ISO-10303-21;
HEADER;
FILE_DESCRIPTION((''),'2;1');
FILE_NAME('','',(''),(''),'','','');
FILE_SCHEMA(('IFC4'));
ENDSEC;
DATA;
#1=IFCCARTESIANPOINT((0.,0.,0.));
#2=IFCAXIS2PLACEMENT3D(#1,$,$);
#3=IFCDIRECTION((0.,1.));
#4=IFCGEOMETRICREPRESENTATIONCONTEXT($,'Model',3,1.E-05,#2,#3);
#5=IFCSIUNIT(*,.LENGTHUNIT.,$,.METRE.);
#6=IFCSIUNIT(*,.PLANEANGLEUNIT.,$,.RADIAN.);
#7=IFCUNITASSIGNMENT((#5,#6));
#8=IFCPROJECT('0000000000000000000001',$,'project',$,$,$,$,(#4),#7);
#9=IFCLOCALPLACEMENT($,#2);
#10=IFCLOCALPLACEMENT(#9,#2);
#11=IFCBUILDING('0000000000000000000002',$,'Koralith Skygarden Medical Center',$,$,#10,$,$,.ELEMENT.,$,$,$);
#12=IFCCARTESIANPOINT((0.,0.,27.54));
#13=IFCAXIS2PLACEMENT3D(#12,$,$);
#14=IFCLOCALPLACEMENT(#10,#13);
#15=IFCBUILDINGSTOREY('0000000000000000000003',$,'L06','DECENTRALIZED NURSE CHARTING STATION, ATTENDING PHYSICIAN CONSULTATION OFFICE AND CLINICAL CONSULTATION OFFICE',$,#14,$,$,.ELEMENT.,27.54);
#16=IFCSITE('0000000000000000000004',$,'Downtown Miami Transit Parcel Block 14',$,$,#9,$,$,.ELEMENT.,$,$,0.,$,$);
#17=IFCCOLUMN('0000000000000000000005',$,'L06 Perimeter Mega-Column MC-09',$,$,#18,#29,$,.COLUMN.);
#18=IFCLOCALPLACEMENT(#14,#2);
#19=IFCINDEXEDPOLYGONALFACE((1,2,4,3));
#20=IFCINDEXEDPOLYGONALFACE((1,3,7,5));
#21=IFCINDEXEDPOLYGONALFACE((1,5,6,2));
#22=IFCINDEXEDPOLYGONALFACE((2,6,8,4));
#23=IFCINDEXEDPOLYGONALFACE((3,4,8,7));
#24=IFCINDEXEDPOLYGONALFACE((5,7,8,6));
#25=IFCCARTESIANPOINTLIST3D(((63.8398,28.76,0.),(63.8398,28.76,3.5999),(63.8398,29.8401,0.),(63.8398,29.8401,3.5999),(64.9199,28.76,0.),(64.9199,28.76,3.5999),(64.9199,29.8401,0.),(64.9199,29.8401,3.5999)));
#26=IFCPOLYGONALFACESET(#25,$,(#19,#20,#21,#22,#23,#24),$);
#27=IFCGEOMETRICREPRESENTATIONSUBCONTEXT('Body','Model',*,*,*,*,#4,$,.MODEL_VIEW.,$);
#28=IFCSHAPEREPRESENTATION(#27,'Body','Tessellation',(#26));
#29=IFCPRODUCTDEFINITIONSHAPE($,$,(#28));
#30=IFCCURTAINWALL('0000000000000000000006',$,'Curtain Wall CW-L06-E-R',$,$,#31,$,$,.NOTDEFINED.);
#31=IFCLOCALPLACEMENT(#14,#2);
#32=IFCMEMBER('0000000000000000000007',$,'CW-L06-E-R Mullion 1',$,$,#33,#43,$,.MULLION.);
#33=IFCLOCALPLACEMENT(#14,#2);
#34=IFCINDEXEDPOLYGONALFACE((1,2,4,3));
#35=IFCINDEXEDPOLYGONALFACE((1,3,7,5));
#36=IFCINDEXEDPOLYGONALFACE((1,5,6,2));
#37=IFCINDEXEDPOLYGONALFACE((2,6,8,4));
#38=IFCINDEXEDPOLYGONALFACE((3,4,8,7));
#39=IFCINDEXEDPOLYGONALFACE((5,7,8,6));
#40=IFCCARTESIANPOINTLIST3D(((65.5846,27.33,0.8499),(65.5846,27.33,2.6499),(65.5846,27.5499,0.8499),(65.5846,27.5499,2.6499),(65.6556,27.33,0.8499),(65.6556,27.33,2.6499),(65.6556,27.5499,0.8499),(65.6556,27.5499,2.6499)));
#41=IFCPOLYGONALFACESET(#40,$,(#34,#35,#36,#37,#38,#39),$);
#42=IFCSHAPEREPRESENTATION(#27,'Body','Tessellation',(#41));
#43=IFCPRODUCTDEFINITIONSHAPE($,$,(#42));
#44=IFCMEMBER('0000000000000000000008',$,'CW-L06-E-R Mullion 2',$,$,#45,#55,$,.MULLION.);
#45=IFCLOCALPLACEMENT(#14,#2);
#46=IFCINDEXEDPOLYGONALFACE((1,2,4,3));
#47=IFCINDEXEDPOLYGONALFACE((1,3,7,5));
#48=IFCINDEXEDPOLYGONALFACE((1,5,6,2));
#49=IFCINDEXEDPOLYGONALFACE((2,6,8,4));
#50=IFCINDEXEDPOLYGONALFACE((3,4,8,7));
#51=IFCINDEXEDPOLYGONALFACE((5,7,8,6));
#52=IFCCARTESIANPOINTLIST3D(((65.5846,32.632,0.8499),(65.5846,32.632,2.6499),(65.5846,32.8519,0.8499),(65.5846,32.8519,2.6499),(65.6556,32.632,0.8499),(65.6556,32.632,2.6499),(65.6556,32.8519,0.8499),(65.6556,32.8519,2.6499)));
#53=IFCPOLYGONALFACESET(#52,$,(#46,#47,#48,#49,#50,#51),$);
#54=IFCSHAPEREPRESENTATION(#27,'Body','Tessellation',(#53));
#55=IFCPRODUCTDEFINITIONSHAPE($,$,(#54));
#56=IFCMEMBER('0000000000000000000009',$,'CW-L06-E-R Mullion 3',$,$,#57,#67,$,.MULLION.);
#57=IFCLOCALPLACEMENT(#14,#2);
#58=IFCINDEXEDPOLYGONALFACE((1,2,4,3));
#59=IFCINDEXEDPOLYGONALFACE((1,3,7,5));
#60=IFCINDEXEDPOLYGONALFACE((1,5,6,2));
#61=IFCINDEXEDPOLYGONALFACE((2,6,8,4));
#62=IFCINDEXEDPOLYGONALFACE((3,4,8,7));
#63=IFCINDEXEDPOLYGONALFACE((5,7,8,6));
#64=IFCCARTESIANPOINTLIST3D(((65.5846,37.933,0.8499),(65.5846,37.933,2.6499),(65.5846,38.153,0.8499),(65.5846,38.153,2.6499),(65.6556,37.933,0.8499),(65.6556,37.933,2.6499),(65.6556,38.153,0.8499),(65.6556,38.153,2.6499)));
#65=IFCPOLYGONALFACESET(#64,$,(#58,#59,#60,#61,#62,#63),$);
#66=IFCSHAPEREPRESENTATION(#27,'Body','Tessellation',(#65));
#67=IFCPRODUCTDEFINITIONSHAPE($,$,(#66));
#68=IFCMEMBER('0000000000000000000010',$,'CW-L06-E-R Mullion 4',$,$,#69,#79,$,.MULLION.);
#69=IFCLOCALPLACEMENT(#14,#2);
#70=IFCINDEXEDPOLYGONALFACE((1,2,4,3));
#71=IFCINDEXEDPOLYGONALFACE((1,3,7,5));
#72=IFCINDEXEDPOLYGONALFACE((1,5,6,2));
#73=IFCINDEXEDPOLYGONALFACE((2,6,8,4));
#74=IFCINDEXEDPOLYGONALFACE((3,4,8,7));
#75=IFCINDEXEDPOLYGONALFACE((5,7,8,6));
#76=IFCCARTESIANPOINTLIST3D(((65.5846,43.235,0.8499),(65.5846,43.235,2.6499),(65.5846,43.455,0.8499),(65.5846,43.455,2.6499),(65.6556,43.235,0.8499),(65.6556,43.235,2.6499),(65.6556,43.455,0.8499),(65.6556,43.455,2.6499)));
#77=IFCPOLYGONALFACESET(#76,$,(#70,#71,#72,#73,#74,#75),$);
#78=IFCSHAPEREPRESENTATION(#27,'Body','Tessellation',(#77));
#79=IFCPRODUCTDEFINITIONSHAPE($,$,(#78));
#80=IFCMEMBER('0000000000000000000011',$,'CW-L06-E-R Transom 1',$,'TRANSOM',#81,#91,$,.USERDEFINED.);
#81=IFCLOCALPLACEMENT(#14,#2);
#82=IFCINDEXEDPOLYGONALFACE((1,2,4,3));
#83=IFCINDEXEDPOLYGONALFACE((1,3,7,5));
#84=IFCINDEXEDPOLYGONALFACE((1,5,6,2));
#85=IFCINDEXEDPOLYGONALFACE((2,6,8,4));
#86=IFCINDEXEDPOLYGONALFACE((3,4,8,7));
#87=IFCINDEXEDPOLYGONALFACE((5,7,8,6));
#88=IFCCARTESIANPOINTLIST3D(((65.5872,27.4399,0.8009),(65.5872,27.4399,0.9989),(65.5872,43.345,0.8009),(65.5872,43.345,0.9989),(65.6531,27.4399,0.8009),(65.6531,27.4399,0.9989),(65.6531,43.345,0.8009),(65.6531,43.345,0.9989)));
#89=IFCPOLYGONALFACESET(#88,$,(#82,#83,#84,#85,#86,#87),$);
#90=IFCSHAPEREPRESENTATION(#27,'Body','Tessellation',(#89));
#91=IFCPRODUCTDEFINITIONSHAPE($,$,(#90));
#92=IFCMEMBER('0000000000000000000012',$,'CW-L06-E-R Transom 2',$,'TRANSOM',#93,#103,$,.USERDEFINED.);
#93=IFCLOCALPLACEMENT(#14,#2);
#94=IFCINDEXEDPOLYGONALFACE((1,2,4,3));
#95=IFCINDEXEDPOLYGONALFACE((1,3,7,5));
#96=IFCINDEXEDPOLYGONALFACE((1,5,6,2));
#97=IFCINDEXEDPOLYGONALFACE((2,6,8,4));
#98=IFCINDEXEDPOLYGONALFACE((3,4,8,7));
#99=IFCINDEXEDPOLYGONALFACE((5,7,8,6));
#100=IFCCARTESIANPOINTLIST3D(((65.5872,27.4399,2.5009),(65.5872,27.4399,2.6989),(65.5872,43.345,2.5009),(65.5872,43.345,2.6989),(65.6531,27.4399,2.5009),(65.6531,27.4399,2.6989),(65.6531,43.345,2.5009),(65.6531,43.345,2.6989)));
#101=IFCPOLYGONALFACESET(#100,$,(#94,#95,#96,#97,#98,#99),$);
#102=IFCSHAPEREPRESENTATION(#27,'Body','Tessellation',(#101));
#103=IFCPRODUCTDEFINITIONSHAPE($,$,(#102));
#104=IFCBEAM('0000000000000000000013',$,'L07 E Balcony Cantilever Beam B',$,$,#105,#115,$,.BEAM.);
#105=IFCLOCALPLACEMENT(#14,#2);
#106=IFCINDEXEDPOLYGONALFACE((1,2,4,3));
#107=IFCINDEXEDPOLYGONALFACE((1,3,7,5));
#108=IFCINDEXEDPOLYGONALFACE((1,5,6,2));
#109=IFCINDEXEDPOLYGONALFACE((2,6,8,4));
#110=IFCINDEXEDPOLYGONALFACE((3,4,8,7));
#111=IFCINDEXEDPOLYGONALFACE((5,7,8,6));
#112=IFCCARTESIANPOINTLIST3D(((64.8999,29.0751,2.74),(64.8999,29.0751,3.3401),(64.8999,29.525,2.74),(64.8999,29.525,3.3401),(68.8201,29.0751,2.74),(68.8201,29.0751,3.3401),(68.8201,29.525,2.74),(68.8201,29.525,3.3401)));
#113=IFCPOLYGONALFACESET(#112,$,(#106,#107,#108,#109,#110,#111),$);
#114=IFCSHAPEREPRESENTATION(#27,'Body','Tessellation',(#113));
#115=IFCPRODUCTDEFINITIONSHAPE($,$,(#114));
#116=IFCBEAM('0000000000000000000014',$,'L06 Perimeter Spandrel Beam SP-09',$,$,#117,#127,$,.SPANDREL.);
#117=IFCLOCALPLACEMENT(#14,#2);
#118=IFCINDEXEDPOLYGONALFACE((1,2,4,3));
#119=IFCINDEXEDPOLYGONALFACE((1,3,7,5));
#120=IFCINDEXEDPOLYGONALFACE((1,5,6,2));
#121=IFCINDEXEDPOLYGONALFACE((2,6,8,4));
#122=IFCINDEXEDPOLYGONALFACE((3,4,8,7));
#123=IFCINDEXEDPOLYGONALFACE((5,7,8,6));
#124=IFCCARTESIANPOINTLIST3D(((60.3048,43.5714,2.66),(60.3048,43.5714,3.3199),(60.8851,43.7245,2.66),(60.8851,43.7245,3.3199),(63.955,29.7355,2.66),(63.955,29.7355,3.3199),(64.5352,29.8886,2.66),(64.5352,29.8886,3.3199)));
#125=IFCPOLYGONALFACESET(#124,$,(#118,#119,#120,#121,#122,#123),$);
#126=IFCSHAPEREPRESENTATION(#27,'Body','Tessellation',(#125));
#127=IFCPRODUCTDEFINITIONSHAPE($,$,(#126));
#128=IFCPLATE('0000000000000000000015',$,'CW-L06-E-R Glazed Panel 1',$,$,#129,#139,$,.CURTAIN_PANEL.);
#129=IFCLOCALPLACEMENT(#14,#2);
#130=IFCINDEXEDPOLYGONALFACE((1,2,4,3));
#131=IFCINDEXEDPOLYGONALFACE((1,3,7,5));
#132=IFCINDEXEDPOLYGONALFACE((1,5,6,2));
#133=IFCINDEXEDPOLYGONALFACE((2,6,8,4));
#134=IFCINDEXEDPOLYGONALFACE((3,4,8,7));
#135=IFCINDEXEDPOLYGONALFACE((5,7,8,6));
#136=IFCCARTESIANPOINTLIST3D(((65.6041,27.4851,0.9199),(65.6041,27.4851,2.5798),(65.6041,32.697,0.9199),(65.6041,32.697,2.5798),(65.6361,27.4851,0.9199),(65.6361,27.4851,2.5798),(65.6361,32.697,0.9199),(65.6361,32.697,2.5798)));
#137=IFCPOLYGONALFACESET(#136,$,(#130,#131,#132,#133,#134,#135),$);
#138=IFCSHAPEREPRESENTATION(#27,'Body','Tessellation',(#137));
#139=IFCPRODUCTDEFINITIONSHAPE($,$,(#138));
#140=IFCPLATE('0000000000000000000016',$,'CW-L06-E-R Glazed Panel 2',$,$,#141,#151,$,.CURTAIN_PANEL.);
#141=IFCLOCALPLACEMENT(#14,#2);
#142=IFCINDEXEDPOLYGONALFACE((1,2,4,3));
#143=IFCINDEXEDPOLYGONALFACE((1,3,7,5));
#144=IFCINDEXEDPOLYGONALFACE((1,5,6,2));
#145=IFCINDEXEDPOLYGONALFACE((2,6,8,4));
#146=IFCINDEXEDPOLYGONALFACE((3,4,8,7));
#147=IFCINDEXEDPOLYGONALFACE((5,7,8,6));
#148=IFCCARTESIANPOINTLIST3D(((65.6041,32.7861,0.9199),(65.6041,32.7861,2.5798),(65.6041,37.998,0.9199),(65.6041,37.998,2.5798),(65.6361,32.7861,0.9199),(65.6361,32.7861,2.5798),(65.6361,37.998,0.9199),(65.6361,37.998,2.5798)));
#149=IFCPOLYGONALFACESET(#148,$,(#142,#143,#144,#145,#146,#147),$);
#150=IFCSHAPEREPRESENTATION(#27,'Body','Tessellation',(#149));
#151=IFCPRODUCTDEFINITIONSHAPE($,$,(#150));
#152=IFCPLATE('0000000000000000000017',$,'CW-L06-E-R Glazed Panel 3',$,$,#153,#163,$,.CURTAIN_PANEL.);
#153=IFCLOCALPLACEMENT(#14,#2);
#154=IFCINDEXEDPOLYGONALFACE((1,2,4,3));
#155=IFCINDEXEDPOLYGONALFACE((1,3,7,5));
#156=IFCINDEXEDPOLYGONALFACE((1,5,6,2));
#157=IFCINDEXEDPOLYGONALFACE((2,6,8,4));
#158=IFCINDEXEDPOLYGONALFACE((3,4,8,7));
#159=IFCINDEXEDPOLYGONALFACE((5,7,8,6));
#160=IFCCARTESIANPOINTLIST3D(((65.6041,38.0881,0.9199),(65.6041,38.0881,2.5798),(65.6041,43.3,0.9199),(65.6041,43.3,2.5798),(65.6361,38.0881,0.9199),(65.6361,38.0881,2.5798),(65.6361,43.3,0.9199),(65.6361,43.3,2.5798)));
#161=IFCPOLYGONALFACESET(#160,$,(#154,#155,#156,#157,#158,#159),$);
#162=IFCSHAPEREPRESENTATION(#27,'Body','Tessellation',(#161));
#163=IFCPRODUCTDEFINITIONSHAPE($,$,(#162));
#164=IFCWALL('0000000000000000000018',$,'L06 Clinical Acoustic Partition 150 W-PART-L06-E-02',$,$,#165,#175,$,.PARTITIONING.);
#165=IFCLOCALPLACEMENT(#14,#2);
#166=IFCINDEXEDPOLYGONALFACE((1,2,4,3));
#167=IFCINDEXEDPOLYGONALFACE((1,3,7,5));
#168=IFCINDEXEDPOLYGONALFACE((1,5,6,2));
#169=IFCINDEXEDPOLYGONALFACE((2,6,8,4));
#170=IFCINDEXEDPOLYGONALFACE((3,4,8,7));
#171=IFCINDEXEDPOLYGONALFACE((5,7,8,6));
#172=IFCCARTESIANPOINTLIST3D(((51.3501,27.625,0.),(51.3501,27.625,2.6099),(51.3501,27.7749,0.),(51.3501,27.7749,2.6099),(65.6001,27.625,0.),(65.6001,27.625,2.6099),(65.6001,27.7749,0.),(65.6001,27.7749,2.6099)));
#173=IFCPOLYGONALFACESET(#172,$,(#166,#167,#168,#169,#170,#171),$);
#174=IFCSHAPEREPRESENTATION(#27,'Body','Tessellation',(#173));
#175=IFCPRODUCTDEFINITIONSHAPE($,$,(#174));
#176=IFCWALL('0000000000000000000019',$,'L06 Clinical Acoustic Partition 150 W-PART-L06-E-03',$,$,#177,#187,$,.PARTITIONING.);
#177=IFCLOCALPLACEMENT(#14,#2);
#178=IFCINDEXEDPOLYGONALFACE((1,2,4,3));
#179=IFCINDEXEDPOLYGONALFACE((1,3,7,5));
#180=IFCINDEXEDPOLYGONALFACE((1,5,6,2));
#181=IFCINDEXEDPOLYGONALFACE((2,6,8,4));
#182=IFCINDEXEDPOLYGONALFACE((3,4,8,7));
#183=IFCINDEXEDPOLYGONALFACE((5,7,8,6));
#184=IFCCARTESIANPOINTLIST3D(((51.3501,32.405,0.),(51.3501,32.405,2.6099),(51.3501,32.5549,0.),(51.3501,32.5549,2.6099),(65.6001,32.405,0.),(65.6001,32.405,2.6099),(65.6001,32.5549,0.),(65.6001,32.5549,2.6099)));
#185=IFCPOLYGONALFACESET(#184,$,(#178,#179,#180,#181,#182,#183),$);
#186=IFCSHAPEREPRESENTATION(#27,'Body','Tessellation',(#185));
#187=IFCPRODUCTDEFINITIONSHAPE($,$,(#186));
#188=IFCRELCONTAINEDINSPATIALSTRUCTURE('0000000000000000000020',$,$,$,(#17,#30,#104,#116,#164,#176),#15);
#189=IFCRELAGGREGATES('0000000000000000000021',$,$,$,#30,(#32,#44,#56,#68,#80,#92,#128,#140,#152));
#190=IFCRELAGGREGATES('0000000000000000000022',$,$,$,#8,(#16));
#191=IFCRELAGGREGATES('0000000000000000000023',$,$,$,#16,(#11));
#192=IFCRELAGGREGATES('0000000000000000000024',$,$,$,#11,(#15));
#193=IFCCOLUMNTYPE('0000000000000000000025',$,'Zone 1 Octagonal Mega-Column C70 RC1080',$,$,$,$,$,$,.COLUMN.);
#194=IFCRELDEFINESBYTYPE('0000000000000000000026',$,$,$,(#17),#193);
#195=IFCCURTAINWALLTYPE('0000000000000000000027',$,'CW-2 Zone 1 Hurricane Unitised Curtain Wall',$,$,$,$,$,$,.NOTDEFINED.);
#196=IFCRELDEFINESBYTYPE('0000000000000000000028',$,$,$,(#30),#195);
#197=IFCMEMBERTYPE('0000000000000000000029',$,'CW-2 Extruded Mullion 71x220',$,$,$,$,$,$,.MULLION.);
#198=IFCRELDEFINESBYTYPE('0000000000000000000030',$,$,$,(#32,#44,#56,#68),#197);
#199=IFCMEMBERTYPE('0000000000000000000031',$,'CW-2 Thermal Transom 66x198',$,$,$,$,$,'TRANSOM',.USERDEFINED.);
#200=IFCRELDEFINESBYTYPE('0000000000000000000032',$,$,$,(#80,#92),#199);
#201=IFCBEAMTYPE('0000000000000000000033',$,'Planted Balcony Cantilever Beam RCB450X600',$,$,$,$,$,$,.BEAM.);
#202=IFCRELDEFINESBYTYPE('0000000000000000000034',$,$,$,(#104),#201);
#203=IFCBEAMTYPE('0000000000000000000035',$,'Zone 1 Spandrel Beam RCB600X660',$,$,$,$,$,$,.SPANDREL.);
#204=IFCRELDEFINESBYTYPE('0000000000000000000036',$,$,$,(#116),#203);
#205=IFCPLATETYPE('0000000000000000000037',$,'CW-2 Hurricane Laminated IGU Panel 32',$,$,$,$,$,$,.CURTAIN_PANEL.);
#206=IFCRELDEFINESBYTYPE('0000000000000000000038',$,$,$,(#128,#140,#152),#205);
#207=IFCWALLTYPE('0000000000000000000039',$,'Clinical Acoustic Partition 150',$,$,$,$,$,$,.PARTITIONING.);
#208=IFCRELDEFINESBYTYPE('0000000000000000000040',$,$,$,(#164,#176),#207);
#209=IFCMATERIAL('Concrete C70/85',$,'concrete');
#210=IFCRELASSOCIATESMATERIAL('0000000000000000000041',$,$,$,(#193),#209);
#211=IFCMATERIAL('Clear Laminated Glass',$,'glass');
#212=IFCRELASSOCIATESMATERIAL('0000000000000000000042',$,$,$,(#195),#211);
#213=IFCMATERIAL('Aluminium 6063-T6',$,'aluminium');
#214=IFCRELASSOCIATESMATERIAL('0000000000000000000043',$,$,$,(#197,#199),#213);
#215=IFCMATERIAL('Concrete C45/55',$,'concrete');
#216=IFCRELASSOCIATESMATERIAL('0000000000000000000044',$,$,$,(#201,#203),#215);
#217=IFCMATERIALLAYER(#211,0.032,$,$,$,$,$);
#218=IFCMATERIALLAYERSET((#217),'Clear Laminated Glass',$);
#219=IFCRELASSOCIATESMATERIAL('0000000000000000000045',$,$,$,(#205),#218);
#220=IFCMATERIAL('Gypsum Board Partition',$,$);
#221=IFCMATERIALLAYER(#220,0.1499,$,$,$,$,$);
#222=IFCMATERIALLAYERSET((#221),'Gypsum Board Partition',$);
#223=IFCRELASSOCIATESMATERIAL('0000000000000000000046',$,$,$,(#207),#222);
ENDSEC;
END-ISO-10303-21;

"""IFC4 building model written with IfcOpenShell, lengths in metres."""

from ifc_helpers import new_model, si_unit, direction, frame, frame_2d, origin, origin_2d, place, context, subcontext, project, spatial, rectangle, extrude, material, layer, layer_set, material_profile, profile_set, type_object, element, aggregate, save


model = new_model("IFC4")

# Units and contexts
model_context = context("Model", 3, precision=1e-05, world=origin(), true_north=direction((0.0, 1.0)))
body_context = subcontext(model_context, "Body", "Model", "MODEL_VIEW")
ifc_project = project(units=[si_unit("LENGTHUNIT", "METRE"), si_unit("PLANEANGLEUNIT", "RADIAN")], contexts=[model_context])

# Site, building, storey
site_placement = place(None, origin())
site = spatial("IfcSite", under=ifc_project, at=site_placement, Name="Downtown Miami Transit Parcel Block 14", CompositionType="ELEMENT", RefElevation=0.0)
building_placement = place(site_placement, origin())
building = spatial("IfcBuilding", under=site, at=building_placement, Name="Koralith Skygarden Medical Center", CompositionType="ELEMENT")
storey_placement = place(building_placement, frame((0.0, 0.0, 27.54)))
storey = spatial("IfcBuildingStorey", under=building, at=storey_placement, Name="L06", Description="DECENTRALIZED NURSE CHARTING STATION, ATTENDING PHYSICIAN CONSULTATION OFFICE AND CLINICAL CONSULTATION OFFICE", CompositionType="ELEMENT", Elevation=27.54)

# Column
ifc_material_1 = material(Name="Concrete C70/85", Category="concrete")
ifc_material_profile_1 = material_profile(ifc_material_1, rectangle(XDim=1.0801, YDim=1.0801, at=origin_2d()), Name="RC1080X1080")
ifc_profile_set_1 = profile_set([ifc_material_profile_1], Name="Concrete C70/85")
column_type = type_object("IfcColumnType", Name="Zone 1 Octagonal Mega-Column C70 RC1080", PredefinedType="COLUMN", material=ifc_profile_set_1)
column_placement = place(storey_placement, frame((64.3799, 29.3, 0.0), z_axis=(0.0, 0.0, 1.0), x_axis=(1.0, 0.0, 0.0)))
element("IfcColumn", 1, at=column_placement, inside=storey, type_object=column_type, Name="L06 Perimeter Mega-Column MC-09", PredefinedType="COLUMN", context=body_context, shape_type="SweptSolid", body=[
    extrude(rectangle(XDim=1.0801, YDim=1.0801, at=origin_2d()), origin(), (0.0, 0.0, 1.0), 3.5999),
])

# Curtain wall, members
ifc_material_2 = material(Name="Clear Laminated Glass", Category="glass")
curtain_wall_type = type_object("IfcCurtainWallType", Name="CW-2 Zone 1 Hurricane Unitised Curtain Wall", PredefinedType="NOTDEFINED", material=ifc_material_2)
curtain_wall_placement = place(storey_placement, origin())
curtain_wall = element("IfcCurtainWall", 2, at=curtain_wall_placement, inside=storey, type_object=curtain_wall_type, Name="Curtain Wall CW-L06-E-R", PredefinedType="NOTDEFINED")
ifc_material_3 = material(Name="Aluminium 6063-T6", Category="aluminium")
ifc_material_profile_2 = material_profile(ifc_material_3, rectangle(XDim=0.071, YDim=0.22, at=origin_2d()), Name="MUL71X220")
ifc_profile_set_2 = profile_set([ifc_material_profile_2], Name="Aluminium 6063-T6")
member_type_1 = type_object("IfcMemberType", Name="CW-2 Extruded Mullion 71x220", PredefinedType="MULLION", material=ifc_profile_set_2)
member_1_placement = place(storey_placement, frame((65.6201, 27.4399, 0.8499), z_axis=(0.0, 0.0, 1.0), x_axis=(1.0, 0.0, 0.0)))
member_1 = element("IfcMember", 3, at=member_1_placement, type_object=member_type_1, Name="CW-L06-E-R Mullion 1", PredefinedType="MULLION", context=body_context, shape_type="SweptSolid", body=[
    extrude(rectangle(XDim=0.071, YDim=0.22, at=origin_2d()), origin(), (0.0, 0.0, 1.0), 1.8),
])
member_2_placement = place(storey_placement, frame((65.6201, 32.7419, 0.8499), z_axis=(0.0, 0.0, 1.0), x_axis=(1.0, 0.0, 0.0)))
member_2 = element("IfcMember", 4, at=member_2_placement, type_object=member_type_1, Name="CW-L06-E-R Mullion 2", PredefinedType="MULLION", context=body_context, shape_type="SweptSolid", body=[
    extrude(rectangle(XDim=0.071, YDim=0.22, at=origin_2d()), origin(), (0.0, 0.0, 1.0), 1.8),
])
member_3_placement = place(storey_placement, frame((65.6201, 38.043, 0.8499), z_axis=(0.0, 0.0, 1.0), x_axis=(1.0, 0.0, 0.0)))
member_3 = element("IfcMember", 5, at=member_3_placement, type_object=member_type_1, Name="CW-L06-E-R Mullion 3", PredefinedType="MULLION", context=body_context, shape_type="SweptSolid", body=[
    extrude(rectangle(XDim=0.071, YDim=0.22, at=origin_2d()), origin(), (0.0, 0.0, 1.0), 1.8),
])
member_4_placement = place(storey_placement, frame((65.6201, 43.345, 0.8499), z_axis=(0.0, 0.0, 1.0), x_axis=(1.0, 0.0, 0.0)))
member_4 = element("IfcMember", 6, at=member_4_placement, type_object=member_type_1, Name="CW-L06-E-R Mullion 4", PredefinedType="MULLION", context=body_context, shape_type="SweptSolid", body=[
    extrude(rectangle(XDim=0.071, YDim=0.22, at=origin_2d()), origin(), (0.0, 0.0, 1.0), 1.8),
])
ifc_material_profile_3 = material_profile(ifc_material_3, rectangle(XDim=0.0659, YDim=0.198, at=origin_2d()), Name="TRN66X198")
ifc_profile_set_3 = profile_set([ifc_material_profile_3], Name="Aluminium 6063-T6")
member_type_2 = type_object("IfcMemberType", Name="CW-2 Thermal Transom 66x198", ElementType="TRANSOM", PredefinedType="USERDEFINED", material=ifc_profile_set_3)
member_5_placement = place(storey_placement, frame((65.6201, 27.4399, 0.8999), z_axis=(0.0, 1.0, 0.0), x_axis=(-1.0, 0.0, 0.0)))
member_5 = element("IfcMember", 7, at=member_5_placement, type_object=member_type_2, Name="CW-L06-E-R Transom 1", ObjectType="TRANSOM", PredefinedType="USERDEFINED", context=body_context, shape_type="SweptSolid", body=[
    extrude(rectangle(XDim=0.0659, YDim=0.198, at=origin_2d()), origin(), (0.0, 0.0, 1.0), 15.905),
])
member_6_placement = place(storey_placement, frame((65.6201, 27.4399, 2.5999), z_axis=(0.0, 1.0, 0.0), x_axis=(-1.0, 0.0, 0.0)))
member_6 = element("IfcMember", 8, at=member_6_placement, type_object=member_type_2, Name="CW-L06-E-R Transom 2", ObjectType="TRANSOM", PredefinedType="USERDEFINED", context=body_context, shape_type="SweptSolid", body=[
    extrude(rectangle(XDim=0.0659, YDim=0.198, at=origin_2d()), origin(), (0.0, 0.0, 1.0), 15.905),
])

# Beams
ifc_material_4 = material(Name="Concrete C45/55", Category="concrete")
ifc_material_profile_4 = material_profile(ifc_material_4, rectangle(XDim=0.45, YDim=0.6001, at=origin_2d()), Name="RCB450X600")
ifc_profile_set_4 = profile_set([ifc_material_profile_4], Name="Concrete C45/55")
beam_type_1 = type_object("IfcBeamType", Name="Planted Balcony Cantilever Beam RCB450X600", PredefinedType="BEAM", material=ifc_profile_set_4)
beam_1_placement = place(storey_placement, frame((64.8999, 29.3, 3.04), z_axis=(1.0, 0.0, 0.0), x_axis=(0.0, 1.0, 0.0)))
element("IfcBeam", 9, at=beam_1_placement, inside=storey, type_object=beam_type_1, Name="L07 E Balcony Cantilever Beam B", PredefinedType="BEAM", context=body_context, shape_type="SweptSolid", body=[
    extrude(rectangle(XDim=0.45, YDim=0.6001, at=origin_2d()), origin(), (0.0, 0.0, 1.0), 3.9202),
])
ifc_material_profile_5 = material_profile(ifc_material_4, rectangle(XDim=0.6001, YDim=0.6599, at=origin_2d()), Name="RCB600X660")
ifc_profile_set_5 = profile_set([ifc_material_profile_5], Name="Concrete C45/55")
beam_type_2 = type_object("IfcBeamType", Name="Zone 1 Spandrel Beam RCB600X660", PredefinedType="SPANDREL", material=ifc_profile_set_5)
beam_2_placement = place(storey_placement, frame((64.2451, 29.812, 2.99), z_axis=(-0.255089, 0.966918, 0.0), x_axis=(-0.966918, -0.255089, 0.0)))
element("IfcBeam", 10, at=beam_2_placement, inside=storey, type_object=beam_type_2, Name="L06 Perimeter Spandrel Beam SP-09", PredefinedType="SPANDREL", context=body_context, shape_type="SweptSolid", body=[
    extrude(rectangle(XDim=0.6001, YDim=0.6599, at=origin_2d()), origin(), (0.0, 0.0, 1.0), 14.3093),
])

# Plates
ifc_layer_1 = layer(ifc_material_2, 0.032)
ifc_layer_set_1 = layer_set([ifc_layer_1], Name="Clear Laminated Glass")
plate_type = type_object("IfcPlateType", Name="CW-2 Hurricane Laminated IGU Panel 32", PredefinedType="CURTAIN_PANEL", material=ifc_layer_set_1)
plate_1_placement = place(storey_placement, frame((65.6201, 30.0911, 0.9199), z_axis=(0.0, 0.0, 1.0), x_axis=(0.0, 1.0, 0.0)))
plate_1 = element("IfcPlate", 11, at=plate_1_placement, type_object=plate_type, Name="CW-L06-E-R Glazed Panel 1", PredefinedType="CURTAIN_PANEL", context=body_context, shape_type="SweptSolid", body=[
    extrude(rectangle(XDim=5.2119, YDim=0.032, at=origin_2d()), origin(), (0.0, 0.0, 1.0), 1.6599),
])
plate_2_placement = place(storey_placement, frame((65.6201, 35.3921, 0.9199), z_axis=(0.0, 0.0, 1.0), x_axis=(0.0, 1.0, 0.0)))
plate_2 = element("IfcPlate", 12, at=plate_2_placement, type_object=plate_type, Name="CW-L06-E-R Glazed Panel 2", PredefinedType="CURTAIN_PANEL", context=body_context, shape_type="SweptSolid", body=[
    extrude(rectangle(XDim=5.2119, YDim=0.032, at=origin_2d()), origin(), (0.0, 0.0, 1.0), 1.6599),
])
plate_3_placement = place(storey_placement, frame((65.6201, 40.6941, 0.9199), z_axis=(0.0, 0.0, 1.0), x_axis=(0.0, 1.0, 0.0)))
plate_3 = element("IfcPlate", 13, at=plate_3_placement, type_object=plate_type, Name="CW-L06-E-R Glazed Panel 3", PredefinedType="CURTAIN_PANEL", context=body_context, shape_type="SweptSolid", body=[
    extrude(rectangle(XDim=5.2119, YDim=0.032, at=origin_2d()), origin(), (0.0, 0.0, 1.0), 1.6599),
])
aggregate(curtain_wall, [member_1, member_2, member_3, member_4, member_5, member_6, plate_1, plate_2, plate_3])

# Walls
ifc_material_5 = material(Name="Gypsum Board Partition")
ifc_layer_2 = layer(ifc_material_5, 0.1499)
ifc_layer_set_2 = layer_set([ifc_layer_2], Name="Gypsum Board Partition")
wall_type_1 = type_object("IfcWallType", Name="Clinical Acoustic Partition 150", PredefinedType="PARTITIONING", material=ifc_layer_set_2)
for number, where, z_axis, x_axis, name in (
    (14, (51.3501, 27.7, 0.0), (0.0, 0.0, 1.0), (1.0, 0.0, 0.0), "L06 Clinical Acoustic Partition 150 W-PART-L06-E-02"),
    (15, (51.3501, 32.48, 0.0), (0.0, 0.0, 1.0), (1.0, 0.0, 0.0), "L06 Clinical Acoustic Partition 150 W-PART-L06-E-03"),
):
    element("IfcWall", number, at=place(storey_placement, frame(where, z_axis=z_axis, x_axis=x_axis)), inside=storey, type_object=wall_type_1, Name=name, PredefinedType="PARTITIONING", context=body_context, shape_type="SweptSolid", body=[
        extrude(rectangle(XDim=14.25, YDim=0.1499, at=frame_2d((7.125, 0.0))), origin(), (0.0, 0.0, 1.0), 2.6099),
    ])

save(model, "model.ifc")
